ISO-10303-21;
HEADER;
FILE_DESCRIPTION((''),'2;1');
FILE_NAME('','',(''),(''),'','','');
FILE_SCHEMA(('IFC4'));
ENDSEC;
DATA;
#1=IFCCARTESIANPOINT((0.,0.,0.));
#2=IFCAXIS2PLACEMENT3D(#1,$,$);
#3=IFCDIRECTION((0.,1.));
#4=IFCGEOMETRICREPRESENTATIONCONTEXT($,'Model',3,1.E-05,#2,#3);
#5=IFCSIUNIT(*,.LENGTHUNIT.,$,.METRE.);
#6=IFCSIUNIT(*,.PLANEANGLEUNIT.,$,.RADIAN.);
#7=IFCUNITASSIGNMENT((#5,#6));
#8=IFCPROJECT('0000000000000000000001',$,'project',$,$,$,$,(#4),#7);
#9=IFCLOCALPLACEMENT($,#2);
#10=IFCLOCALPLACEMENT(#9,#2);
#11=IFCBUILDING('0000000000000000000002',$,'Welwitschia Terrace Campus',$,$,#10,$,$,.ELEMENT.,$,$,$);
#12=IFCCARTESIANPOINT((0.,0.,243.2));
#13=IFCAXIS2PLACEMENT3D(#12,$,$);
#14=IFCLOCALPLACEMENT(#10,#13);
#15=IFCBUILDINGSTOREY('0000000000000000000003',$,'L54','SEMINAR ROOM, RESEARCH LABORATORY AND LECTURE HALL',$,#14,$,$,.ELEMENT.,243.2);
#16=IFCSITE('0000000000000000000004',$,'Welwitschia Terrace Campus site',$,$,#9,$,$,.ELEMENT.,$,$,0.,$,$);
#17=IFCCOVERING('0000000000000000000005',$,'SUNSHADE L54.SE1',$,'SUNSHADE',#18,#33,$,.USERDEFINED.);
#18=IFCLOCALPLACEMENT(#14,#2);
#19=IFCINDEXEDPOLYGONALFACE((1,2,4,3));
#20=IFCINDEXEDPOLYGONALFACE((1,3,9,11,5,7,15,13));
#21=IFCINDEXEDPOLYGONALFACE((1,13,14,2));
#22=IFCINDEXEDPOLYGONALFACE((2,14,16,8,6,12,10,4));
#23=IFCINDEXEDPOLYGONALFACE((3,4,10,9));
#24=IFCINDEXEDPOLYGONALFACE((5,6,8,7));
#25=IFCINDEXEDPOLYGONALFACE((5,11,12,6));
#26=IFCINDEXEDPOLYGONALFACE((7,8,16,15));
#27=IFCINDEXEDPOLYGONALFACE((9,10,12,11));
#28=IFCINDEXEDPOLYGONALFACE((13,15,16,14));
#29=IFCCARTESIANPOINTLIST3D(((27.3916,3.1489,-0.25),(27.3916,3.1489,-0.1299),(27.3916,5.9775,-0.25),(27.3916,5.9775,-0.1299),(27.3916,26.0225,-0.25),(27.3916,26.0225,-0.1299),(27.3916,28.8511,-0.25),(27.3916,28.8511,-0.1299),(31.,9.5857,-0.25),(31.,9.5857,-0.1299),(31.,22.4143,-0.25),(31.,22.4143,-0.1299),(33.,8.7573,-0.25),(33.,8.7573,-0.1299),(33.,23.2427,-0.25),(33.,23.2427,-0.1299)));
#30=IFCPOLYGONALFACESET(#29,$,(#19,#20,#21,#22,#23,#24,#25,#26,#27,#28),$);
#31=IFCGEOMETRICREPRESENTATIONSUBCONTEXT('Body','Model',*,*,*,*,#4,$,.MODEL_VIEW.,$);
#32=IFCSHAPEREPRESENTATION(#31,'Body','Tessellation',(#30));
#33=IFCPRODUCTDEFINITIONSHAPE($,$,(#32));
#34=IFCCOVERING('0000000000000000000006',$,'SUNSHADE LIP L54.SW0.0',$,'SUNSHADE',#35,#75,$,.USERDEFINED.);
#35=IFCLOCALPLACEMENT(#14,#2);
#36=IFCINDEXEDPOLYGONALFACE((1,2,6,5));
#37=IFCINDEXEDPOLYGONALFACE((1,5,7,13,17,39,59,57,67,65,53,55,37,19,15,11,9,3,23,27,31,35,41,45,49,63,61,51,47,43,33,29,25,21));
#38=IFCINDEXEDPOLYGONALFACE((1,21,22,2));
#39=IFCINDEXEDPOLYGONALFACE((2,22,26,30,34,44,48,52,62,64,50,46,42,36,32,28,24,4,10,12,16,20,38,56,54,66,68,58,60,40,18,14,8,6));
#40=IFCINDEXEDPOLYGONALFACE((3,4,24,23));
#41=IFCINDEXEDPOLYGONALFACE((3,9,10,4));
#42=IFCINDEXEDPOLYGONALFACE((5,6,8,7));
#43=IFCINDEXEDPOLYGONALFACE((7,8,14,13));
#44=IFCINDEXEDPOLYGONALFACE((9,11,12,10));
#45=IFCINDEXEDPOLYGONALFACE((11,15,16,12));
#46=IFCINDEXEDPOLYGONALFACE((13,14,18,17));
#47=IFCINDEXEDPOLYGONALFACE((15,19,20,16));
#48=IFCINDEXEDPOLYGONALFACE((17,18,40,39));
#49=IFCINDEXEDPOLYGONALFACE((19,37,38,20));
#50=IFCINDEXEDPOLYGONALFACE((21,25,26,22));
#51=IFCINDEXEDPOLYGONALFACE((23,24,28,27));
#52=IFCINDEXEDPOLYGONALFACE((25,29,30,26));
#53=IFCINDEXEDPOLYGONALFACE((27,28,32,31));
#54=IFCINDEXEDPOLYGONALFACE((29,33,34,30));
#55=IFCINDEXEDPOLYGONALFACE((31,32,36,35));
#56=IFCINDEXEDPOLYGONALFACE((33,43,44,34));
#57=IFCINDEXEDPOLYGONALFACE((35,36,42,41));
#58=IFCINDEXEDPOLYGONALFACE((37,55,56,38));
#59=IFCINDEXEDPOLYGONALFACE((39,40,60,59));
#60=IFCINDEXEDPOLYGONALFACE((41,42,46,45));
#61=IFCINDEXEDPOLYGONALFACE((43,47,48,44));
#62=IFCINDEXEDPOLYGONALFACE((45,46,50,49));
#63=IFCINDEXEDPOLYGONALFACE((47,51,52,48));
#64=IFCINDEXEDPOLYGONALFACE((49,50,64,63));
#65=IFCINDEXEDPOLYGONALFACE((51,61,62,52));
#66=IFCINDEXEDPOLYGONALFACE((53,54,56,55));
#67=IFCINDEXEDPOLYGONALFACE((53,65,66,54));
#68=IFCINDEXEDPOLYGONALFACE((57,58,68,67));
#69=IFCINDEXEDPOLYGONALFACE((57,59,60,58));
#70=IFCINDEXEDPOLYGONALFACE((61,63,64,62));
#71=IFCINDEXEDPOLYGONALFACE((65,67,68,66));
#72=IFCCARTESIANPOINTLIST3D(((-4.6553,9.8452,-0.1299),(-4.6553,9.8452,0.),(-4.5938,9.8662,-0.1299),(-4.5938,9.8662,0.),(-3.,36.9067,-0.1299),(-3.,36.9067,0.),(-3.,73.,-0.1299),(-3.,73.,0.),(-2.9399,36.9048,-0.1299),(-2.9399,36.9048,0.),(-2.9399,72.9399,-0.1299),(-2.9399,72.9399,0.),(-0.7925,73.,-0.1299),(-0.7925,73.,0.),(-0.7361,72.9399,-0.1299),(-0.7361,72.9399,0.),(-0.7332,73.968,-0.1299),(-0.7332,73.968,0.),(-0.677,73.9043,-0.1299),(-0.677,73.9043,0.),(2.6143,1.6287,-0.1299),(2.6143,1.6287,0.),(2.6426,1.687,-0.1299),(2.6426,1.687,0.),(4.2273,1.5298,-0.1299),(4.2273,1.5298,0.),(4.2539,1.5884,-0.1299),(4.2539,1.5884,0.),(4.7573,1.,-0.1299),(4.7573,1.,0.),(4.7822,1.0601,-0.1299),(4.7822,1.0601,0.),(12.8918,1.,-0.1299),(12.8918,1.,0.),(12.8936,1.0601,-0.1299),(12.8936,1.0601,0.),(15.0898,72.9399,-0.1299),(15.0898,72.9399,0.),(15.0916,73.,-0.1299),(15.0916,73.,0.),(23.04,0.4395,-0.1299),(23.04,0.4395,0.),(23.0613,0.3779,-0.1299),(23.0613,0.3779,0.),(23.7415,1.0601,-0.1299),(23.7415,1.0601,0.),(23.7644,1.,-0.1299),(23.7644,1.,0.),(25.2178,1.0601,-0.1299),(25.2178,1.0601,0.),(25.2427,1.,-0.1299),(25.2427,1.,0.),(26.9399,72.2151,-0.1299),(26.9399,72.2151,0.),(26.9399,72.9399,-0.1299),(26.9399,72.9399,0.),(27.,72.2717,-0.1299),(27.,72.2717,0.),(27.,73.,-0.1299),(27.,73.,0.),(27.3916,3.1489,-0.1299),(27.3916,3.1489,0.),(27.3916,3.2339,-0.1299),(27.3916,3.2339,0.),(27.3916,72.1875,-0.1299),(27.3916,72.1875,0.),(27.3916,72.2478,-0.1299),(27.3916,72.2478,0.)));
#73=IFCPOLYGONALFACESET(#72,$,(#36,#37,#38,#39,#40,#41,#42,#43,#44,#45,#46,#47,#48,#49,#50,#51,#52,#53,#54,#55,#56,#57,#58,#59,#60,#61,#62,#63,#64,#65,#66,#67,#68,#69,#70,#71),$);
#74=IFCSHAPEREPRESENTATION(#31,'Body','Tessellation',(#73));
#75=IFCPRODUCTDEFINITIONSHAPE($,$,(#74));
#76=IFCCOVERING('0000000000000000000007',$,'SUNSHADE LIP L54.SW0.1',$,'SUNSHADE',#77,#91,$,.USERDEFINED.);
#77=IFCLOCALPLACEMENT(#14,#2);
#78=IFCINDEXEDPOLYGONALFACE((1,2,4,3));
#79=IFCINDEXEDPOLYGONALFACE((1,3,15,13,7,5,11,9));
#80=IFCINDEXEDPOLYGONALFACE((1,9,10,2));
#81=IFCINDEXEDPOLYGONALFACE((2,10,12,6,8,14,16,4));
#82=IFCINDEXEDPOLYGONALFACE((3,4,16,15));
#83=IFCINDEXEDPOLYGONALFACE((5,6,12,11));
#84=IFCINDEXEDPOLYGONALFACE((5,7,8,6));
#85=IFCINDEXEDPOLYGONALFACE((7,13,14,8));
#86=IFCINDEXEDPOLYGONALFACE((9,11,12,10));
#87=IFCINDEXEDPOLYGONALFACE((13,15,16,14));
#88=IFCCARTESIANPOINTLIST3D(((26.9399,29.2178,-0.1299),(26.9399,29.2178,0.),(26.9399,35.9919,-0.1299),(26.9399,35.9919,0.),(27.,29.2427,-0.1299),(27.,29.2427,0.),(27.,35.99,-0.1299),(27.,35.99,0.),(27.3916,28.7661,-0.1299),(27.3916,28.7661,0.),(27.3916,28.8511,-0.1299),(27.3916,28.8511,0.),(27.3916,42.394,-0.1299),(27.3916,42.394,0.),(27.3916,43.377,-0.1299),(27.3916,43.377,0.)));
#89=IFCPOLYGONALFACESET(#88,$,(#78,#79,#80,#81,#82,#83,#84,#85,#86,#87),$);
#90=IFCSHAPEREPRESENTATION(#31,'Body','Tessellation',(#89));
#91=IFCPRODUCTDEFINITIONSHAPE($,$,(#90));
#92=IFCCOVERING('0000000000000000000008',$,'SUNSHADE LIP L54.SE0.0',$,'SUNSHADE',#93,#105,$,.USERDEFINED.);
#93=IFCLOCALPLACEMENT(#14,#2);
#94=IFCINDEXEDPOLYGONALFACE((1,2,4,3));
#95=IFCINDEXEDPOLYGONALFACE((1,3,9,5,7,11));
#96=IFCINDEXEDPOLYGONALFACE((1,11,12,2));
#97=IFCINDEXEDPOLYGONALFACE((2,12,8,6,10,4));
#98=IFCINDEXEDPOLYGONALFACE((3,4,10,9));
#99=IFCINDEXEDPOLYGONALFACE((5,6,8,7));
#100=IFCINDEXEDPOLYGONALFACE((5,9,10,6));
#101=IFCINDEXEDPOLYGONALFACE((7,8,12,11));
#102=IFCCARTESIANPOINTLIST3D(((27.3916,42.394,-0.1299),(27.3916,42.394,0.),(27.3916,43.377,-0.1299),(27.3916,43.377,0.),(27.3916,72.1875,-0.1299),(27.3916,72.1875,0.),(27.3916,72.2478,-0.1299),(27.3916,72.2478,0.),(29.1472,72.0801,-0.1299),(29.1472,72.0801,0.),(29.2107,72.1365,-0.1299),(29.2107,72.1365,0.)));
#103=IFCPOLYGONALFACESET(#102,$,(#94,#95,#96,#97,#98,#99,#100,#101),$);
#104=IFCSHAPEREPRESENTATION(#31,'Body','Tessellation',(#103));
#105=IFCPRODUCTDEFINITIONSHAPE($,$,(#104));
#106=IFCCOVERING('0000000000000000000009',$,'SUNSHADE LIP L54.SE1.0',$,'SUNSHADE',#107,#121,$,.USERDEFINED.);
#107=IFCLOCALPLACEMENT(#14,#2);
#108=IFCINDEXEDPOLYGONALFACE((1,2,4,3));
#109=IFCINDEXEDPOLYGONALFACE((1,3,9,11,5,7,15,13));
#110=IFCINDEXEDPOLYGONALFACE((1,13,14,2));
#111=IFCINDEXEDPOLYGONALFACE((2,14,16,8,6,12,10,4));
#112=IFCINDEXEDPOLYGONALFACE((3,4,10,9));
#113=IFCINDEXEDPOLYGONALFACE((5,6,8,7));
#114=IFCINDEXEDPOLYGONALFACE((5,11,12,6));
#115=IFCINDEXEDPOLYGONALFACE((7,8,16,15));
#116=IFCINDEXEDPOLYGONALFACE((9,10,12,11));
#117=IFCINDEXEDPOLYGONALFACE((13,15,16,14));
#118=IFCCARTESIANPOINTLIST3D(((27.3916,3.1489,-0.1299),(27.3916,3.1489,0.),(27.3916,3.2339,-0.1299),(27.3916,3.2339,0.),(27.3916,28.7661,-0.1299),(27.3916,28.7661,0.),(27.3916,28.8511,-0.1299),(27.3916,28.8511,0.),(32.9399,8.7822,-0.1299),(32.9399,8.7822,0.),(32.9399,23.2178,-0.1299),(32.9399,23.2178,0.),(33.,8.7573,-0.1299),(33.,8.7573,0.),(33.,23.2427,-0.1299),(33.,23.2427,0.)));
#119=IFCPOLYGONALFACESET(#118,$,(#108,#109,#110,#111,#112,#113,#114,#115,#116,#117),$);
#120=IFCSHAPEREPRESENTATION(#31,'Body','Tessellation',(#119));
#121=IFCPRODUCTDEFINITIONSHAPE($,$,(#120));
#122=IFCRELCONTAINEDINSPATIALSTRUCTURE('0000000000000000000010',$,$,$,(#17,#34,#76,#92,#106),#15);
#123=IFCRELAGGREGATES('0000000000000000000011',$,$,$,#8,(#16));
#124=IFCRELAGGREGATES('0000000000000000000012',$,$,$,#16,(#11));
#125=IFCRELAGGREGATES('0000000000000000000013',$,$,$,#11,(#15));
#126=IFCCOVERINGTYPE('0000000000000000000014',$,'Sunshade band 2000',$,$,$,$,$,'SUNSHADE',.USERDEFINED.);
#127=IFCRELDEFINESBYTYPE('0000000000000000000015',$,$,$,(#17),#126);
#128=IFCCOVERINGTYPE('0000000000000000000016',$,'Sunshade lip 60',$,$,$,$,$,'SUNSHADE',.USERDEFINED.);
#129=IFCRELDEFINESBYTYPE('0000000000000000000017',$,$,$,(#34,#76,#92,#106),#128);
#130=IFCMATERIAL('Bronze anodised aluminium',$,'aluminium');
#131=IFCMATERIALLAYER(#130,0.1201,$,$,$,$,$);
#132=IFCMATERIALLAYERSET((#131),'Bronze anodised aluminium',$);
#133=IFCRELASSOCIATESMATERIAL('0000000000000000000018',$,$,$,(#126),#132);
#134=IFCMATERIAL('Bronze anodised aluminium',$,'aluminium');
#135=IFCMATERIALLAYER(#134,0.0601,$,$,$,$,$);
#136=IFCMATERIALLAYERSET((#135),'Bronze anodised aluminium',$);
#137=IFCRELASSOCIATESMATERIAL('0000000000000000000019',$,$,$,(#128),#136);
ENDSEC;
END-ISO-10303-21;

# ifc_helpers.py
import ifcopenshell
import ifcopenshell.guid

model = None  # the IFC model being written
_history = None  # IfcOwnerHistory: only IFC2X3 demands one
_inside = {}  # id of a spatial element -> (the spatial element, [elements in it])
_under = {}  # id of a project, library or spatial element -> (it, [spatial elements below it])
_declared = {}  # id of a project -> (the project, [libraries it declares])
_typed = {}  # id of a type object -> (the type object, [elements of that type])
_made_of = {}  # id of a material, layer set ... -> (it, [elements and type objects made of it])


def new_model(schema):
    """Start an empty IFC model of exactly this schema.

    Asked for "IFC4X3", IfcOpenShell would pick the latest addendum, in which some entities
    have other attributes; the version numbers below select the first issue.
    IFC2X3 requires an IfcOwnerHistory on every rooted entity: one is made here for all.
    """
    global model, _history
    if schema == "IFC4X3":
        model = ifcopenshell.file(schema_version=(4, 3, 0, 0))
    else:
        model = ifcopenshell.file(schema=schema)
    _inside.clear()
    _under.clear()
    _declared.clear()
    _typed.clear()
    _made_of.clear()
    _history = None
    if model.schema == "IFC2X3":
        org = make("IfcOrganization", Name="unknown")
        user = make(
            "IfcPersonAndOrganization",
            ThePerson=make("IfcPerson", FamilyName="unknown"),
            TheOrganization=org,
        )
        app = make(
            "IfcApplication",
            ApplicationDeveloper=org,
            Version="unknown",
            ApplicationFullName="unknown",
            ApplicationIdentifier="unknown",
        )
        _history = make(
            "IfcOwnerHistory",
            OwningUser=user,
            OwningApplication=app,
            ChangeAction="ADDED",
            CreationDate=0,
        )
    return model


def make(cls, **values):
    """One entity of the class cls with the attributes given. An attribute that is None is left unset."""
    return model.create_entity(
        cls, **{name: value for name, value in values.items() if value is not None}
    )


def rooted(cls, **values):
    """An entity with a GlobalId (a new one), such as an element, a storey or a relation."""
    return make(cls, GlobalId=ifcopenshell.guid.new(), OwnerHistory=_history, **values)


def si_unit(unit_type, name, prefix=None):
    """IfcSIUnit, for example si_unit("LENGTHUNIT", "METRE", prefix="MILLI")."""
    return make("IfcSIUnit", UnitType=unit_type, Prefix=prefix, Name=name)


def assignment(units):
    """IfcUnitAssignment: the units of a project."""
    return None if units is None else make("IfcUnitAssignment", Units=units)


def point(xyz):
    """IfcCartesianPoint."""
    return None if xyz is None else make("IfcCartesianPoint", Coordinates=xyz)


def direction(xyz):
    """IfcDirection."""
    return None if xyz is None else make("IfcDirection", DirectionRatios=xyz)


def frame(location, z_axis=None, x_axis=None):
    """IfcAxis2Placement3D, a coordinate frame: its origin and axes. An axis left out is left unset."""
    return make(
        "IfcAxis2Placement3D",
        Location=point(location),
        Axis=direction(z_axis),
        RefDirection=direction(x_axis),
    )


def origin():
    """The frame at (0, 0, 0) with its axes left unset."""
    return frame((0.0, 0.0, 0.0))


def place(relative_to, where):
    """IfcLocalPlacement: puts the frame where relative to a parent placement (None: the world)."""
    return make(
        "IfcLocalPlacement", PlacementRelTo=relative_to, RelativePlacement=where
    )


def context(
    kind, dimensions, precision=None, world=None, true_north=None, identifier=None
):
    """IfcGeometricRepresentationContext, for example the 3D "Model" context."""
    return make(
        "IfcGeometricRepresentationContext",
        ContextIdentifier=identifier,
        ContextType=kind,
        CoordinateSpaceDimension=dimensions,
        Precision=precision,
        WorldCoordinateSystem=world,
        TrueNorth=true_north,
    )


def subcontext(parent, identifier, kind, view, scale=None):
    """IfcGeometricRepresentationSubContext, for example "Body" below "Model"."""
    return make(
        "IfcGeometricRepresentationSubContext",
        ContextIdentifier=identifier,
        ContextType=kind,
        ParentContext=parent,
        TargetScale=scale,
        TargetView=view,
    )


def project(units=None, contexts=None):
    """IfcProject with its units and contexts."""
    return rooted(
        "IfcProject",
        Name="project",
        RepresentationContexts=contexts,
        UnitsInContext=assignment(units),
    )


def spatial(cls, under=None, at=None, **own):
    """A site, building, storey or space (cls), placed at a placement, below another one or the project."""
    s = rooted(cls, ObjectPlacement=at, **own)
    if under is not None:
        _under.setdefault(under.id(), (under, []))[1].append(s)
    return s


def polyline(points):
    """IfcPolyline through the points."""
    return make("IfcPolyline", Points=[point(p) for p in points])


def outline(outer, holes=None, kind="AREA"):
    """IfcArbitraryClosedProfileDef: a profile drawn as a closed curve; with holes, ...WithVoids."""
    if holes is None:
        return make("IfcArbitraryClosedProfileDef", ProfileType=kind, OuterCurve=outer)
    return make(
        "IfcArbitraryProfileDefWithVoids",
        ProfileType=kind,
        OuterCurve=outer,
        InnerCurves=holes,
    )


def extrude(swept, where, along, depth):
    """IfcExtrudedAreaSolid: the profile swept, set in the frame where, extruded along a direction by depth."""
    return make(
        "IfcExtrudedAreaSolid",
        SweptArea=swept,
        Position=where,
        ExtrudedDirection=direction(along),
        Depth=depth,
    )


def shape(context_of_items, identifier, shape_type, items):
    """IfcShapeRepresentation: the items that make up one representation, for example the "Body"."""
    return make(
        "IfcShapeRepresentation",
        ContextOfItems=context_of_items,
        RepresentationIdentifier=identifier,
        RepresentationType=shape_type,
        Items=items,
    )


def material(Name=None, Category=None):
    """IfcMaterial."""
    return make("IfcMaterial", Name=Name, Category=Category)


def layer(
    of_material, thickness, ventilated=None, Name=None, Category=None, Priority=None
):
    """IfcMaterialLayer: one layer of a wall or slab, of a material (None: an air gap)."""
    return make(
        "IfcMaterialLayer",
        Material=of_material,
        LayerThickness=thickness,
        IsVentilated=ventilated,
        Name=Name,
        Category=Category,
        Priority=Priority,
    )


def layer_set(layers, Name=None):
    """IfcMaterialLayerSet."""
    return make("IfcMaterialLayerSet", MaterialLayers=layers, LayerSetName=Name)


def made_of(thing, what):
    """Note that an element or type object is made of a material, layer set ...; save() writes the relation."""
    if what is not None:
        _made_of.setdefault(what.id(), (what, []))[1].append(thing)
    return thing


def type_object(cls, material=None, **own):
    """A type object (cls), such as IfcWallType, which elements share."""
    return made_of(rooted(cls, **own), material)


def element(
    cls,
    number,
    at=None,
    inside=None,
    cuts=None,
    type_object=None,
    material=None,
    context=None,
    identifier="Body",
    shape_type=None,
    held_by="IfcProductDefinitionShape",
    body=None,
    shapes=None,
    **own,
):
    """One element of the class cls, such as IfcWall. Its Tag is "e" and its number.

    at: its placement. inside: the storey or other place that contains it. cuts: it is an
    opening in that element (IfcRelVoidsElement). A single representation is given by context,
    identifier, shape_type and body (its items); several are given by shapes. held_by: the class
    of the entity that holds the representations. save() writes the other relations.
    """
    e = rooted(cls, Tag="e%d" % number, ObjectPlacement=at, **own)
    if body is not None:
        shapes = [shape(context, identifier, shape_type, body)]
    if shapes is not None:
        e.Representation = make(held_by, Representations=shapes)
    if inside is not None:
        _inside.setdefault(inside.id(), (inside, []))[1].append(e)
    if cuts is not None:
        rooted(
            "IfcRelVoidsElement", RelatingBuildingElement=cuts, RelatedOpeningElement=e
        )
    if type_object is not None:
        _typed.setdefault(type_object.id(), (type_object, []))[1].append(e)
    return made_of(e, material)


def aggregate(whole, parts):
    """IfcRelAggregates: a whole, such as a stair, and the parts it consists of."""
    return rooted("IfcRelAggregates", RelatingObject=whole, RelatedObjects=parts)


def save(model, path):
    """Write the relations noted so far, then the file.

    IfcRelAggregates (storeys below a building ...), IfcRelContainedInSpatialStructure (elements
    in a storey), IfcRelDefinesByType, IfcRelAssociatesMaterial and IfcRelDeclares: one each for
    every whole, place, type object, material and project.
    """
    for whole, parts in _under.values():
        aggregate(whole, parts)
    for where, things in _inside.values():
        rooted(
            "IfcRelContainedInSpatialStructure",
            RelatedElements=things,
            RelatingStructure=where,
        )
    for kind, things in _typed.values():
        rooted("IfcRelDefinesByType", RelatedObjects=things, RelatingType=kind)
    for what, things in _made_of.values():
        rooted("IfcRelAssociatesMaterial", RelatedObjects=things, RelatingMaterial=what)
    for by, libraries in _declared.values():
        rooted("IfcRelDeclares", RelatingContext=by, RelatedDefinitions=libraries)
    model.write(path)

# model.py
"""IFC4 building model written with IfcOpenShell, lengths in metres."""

from ifc_helpers import new_model, si_unit, direction, frame, origin, place, context, subcontext, project, spatial, polyline, outline, extrude, material, layer, layer_set, type_object, element, save


model = new_model("IFC4")

# Units and contexts
model_context = context("Model", 3, precision=1e-05, world=origin(), true_north=direction((0.0, 1.0)))
body_context = subcontext(model_context, "Body", "Model", "MODEL_VIEW")
ifc_project = project(units=[si_unit("LENGTHUNIT", "METRE"), si_unit("PLANEANGLEUNIT", "RADIAN")], contexts=[model_context])

# Site, building, storey
site_placement = place(None, origin())
site = spatial("IfcSite", under=ifc_project, at=site_placement, Name="Welwitschia Terrace Campus site", CompositionType="ELEMENT", RefElevation=0.0)
building_placement = place(site_placement, origin())
building = spatial("IfcBuilding", under=site, at=building_placement, Name="Welwitschia Terrace Campus", CompositionType="ELEMENT")
storey_placement = place(building_placement, frame((0.0, 0.0, 243.2)))
storey = spatial("IfcBuildingStorey", under=building, at=storey_placement, Name="L54", Description="SEMINAR ROOM, RESEARCH LABORATORY AND LECTURE HALL", CompositionType="ELEMENT", Elevation=243.2)

# Coverings
ifc_material_1 = material(Name="Bronze anodised aluminium", Category="aluminium")
ifc_layer_1 = layer(ifc_material_1, 0.1201)
ifc_layer_set_1 = layer_set([ifc_layer_1], Name="Bronze anodised aluminium")
covering_type_1 = type_object("IfcCoveringType", Name="Sunshade band 2000", ElementType="SUNSHADE", PredefinedType="USERDEFINED", material=ifc_layer_set_1)
covering_1_placement = place(storey_placement, frame((0.0, 0.0, -0.25)))
element("IfcCovering", 1, at=covering_1_placement, inside=storey, type_object=covering_type_1, Name="SUNSHADE L54.SE1", ObjectType="SUNSHADE", PredefinedType="USERDEFINED", context=body_context, shape_type="SweptSolid", body=[
    extrude(outline(polyline([(33.0, 23.2427), (33.0, 8.7573), (27.3916, 3.1489), (27.3916, 5.9775), (31.0, 9.5857), (31.0, 22.4143), (27.3916, 26.0225), (27.3916, 28.8511), (33.0, 23.2427)])), origin(), (0.0, 0.0, 1.0), 0.1201),
])
ifc_material_2 = material(Name="Bronze anodised aluminium", Category="aluminium")
ifc_layer_2 = layer(ifc_material_2, 0.0601)
ifc_layer_set_2 = layer_set([ifc_layer_2], Name="Bronze anodised aluminium")
covering_type_2 = type_object("IfcCoveringType", Name="Sunshade lip 60", ElementType="SUNSHADE", PredefinedType="USERDEFINED", material=ifc_layer_set_2)
covering_2_placement = place(storey_placement, frame((0.0, 0.0, -0.1299)))
element("IfcCovering", 2, at=covering_2_placement, inside=storey, type_object=covering_type_2, Name="SUNSHADE LIP L54.SW0.0", ObjectType="SUNSHADE", PredefinedType="USERDEFINED", context=body_context, shape_type="SweptSolid", body=[
    extrude(outline(polyline([(15.0916, 73.0), (27.0, 73.0), (27.0, 72.2717), (27.3916, 72.2478), (27.3916, 72.1875), (26.9399, 72.2151), (26.9399, 72.9399), (15.0898, 72.9399), (-0.677, 73.9043), (-0.7361, 72.9399), (-2.9399, 72.9399), (-2.9399, 36.9048), (-4.5938, 9.8662), (2.6426, 1.687), (4.2539, 1.5884), (4.7822, 1.0601), (12.8936, 1.0601), (23.04, 0.4395), (23.7415, 1.0601), (25.2178, 1.0601), (27.3916, 3.2339), (27.3916, 3.1489), (25.2427, 1.0), (23.7644, 1.0), (23.0613, 0.3779), (12.8918, 1.0), (4.7573, 1.0), (4.2273, 1.5298), (2.6143, 1.6287), (-4.6553, 9.8452), (-3.0, 36.9067), (-3.0, 73.0), (-0.7925, 73.0), (-0.7332, 73.968), (15.0916, 73.0)])), origin(), (0.0, 0.0, 1.0), 0.1299),
])
covering_3_placement = place(storey_placement, frame((0.0, 0.0, -0.1299)))
element("IfcCovering", 3, at=covering_3_placement, inside=storey, type_object=covering_type_2, Name="SUNSHADE LIP L54.SW0.1", ObjectType="SUNSHADE", PredefinedType="USERDEFINED", context=body_context, shape_type="SweptSolid", body=[
    extrude(outline(polyline([(27.3916, 42.394), (27.0, 35.99), (27.0, 29.2427), (27.3916, 28.8511), (27.3916, 28.7661), (26.9399, 29.2178), (26.9399, 35.9919), (27.3916, 43.377), (27.3916, 42.394)])), origin(), (0.0, 0.0, 1.0), 0.1299),
])
covering_4_placement = place(storey_placement, frame((0.0, 0.0, -0.1299)))
element("IfcCovering", 4, at=covering_4_placement, inside=storey, type_object=covering_type_2, Name="SUNSHADE LIP L54.SE0.0", ObjectType="SUNSHADE", PredefinedType="USERDEFINED", context=body_context, shape_type="SweptSolid", body=[
    extrude(outline(polyline([(27.3916, 42.394), (27.3916, 43.377), (29.1472, 72.0801), (27.3916, 72.1875), (27.3916, 72.2478), (29.2107, 72.1365), (27.3916, 42.394)])), origin(), (0.0, 0.0, 1.0), 0.1299),
])
covering_5_placement = place(storey_placement, frame((0.0, 0.0, -0.1299)))
element("IfcCovering", 5, at=covering_5_placement, inside=storey, type_object=covering_type_2, Name="SUNSHADE LIP L54.SE1.0", ObjectType="SUNSHADE", PredefinedType="USERDEFINED", context=body_context, shape_type="SweptSolid", body=[
    extrude(outline(polyline([(33.0, 8.7573), (27.3916, 3.1489), (27.3916, 3.2339), (32.9399, 8.7822), (32.9399, 23.2178), (27.3916, 28.7661), (27.3916, 28.8511), (33.0, 23.2427), (33.0, 8.7573)])), origin(), (0.0, 0.0, 1.0), 0.1299),
])

save(model, "model.ifc")
